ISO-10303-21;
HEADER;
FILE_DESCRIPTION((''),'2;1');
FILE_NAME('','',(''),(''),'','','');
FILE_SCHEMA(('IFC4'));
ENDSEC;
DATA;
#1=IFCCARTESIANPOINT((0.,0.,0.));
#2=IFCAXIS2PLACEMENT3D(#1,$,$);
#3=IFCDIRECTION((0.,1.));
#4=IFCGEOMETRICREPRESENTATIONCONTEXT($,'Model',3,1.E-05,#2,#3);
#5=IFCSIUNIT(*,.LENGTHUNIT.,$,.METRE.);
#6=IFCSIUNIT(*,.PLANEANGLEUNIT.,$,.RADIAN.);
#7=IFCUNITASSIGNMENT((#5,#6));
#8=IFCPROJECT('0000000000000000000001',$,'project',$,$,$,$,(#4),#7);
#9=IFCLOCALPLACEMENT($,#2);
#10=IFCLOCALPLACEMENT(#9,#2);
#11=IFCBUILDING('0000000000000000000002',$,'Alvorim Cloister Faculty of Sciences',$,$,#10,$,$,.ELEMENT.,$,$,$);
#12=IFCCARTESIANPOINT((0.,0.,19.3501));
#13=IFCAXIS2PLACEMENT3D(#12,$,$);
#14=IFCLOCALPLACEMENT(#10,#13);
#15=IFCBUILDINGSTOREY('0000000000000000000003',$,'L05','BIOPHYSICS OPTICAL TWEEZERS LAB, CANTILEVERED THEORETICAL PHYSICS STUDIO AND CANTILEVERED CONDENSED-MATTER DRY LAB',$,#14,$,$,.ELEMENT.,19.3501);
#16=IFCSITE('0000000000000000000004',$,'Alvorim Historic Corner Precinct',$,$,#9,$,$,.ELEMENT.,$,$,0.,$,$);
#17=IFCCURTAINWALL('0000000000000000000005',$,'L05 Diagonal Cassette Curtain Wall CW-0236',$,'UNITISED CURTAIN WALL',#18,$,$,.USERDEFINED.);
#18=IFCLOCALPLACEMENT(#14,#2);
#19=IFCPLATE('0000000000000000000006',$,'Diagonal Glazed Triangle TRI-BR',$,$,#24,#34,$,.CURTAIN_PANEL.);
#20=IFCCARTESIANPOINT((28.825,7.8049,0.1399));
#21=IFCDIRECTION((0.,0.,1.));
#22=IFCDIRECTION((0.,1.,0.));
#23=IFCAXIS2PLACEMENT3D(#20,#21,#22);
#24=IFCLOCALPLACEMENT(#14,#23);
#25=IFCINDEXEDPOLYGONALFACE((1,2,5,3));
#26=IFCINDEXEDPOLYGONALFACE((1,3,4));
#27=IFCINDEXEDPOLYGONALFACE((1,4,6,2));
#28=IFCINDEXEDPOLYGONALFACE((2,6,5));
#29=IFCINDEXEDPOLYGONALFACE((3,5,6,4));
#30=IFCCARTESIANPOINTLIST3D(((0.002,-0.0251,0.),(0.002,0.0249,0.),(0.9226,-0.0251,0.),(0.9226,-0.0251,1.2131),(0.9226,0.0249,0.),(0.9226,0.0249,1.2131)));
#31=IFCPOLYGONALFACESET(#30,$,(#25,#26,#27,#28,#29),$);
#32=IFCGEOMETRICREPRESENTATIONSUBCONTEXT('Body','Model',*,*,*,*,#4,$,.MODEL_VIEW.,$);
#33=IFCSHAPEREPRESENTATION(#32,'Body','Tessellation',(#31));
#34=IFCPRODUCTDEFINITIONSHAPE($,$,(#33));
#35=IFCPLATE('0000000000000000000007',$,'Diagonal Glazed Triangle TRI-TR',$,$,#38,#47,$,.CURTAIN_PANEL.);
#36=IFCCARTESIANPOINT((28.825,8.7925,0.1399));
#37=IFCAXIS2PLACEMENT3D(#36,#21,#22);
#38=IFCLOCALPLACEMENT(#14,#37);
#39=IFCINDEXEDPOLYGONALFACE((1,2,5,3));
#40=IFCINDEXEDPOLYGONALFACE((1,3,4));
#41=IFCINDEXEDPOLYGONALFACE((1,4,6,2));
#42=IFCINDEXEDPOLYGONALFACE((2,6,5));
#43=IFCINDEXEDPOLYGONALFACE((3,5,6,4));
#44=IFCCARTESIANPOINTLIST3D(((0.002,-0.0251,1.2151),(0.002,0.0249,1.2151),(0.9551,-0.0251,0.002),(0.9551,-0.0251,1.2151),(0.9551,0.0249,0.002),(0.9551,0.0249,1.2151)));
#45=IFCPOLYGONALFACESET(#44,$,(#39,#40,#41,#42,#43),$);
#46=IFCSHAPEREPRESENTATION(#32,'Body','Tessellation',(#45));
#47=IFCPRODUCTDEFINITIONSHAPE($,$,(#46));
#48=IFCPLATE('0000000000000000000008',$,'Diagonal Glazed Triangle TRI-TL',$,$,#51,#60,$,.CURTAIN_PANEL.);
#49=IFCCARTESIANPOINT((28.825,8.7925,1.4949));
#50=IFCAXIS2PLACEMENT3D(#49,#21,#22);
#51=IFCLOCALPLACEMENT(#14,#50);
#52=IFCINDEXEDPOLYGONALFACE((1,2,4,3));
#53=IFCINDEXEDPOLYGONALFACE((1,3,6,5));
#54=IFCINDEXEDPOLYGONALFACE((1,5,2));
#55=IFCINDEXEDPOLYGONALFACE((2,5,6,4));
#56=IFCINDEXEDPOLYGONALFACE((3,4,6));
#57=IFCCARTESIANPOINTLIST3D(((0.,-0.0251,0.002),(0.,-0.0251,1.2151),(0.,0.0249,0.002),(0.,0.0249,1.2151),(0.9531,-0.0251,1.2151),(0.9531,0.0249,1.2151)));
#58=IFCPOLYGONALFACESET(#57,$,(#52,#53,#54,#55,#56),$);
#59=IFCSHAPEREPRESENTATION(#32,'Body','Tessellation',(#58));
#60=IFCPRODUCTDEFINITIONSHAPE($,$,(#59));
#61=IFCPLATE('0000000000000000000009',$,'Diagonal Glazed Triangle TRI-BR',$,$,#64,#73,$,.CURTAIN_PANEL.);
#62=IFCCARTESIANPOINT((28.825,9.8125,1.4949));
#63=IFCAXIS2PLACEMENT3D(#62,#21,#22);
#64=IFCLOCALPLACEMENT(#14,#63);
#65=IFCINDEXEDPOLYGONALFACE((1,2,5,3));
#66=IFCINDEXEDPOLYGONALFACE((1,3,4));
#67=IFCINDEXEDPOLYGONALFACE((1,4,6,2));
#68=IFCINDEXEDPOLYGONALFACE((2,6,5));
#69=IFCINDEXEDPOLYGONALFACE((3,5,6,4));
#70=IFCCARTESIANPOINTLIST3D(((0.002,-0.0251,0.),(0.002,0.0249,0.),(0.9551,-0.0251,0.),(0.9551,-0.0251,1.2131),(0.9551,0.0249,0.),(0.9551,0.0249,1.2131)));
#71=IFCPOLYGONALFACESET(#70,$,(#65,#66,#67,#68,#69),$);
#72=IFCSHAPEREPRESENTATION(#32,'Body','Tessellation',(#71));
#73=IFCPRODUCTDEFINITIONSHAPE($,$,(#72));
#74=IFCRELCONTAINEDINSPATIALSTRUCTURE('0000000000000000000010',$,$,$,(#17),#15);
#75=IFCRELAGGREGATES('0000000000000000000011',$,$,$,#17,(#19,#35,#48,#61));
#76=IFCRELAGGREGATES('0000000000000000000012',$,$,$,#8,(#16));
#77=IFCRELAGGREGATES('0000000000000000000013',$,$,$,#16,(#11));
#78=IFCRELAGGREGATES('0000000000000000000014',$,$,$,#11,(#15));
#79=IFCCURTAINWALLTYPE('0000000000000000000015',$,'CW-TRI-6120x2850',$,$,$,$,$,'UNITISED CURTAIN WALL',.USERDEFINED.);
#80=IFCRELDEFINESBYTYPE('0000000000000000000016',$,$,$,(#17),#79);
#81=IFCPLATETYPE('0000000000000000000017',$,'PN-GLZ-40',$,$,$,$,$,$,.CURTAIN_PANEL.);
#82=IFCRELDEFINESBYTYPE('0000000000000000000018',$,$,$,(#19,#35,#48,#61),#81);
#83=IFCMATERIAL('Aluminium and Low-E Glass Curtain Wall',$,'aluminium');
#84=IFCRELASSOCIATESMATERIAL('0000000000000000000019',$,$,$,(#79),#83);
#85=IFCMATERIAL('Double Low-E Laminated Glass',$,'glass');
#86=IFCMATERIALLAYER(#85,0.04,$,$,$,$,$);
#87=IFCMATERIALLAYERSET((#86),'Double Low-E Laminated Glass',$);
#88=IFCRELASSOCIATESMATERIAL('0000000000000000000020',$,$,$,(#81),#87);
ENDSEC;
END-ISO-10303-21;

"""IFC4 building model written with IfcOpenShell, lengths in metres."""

from ifc_helpers import new_model, si_unit, direction, frame, origin, place, context, subcontext, project, spatial, polyline, outline, extrude, material, layer, layer_set, type_object, element, aggregate, save


model = new_model("IFC4")

# Units and contexts
model_context = context("Model", 3, precision=1e-05, world=origin(), true_north=direction((0.0, 1.0)))
body_context = subcontext(model_context, "Body", "Model", "MODEL_VIEW")
ifc_project = project(units=[si_unit("LENGTHUNIT", "METRE"), si_unit("PLANEANGLEUNIT", "RADIAN")], contexts=[model_context])

# Site, building, storey
site_placement = place(None, origin())
site = spatial("IfcSite", under=ifc_project, at=site_placement, Name="Alvorim Historic Corner Precinct", CompositionType="ELEMENT", RefElevation=0.0)
building_placement = place(site_placement, origin())
building = spatial("IfcBuilding", under=site, at=building_placement, Name="Alvorim Cloister Faculty of Sciences", CompositionType="ELEMENT")
storey_placement = place(building_placement, frame((0.0, 0.0, 19.3501)))
storey = spatial("IfcBuildingStorey", under=building, at=storey_placement, Name="L05", Description="BIOPHYSICS OPTICAL TWEEZERS LAB, CANTILEVERED THEORETICAL PHYSICS STUDIO AND CANTILEVERED CONDENSED-MATTER DRY LAB", CompositionType="ELEMENT", Elevation=19.3501)

# Curtain wall, plates
ifc_material_1 = material(Name="Aluminium and Low-E Glass Curtain Wall", Category="aluminium")
curtain_wall_type = type_object("IfcCurtainWallType", Name="CW-TRI-6120x2850", ElementType="UNITISED CURTAIN WALL", PredefinedType="USERDEFINED", material=ifc_material_1)
curtain_wall_placement = place(storey_placement, origin())
curtain_wall = element("IfcCurtainWall", 1, at=curtain_wall_placement, inside=storey, type_object=curtain_wall_type, Name="L05 Diagonal Cassette Curtain Wall CW-0236", ObjectType="UNITISED CURTAIN WALL", PredefinedType="USERDEFINED")
ifc_material_2 = material(Name="Double Low-E Laminated Glass", Category="glass")
ifc_layer_1 = layer(ifc_material_2, 0.04)
ifc_layer_set_1 = layer_set([ifc_layer_1], Name="Double Low-E Laminated Glass")
plate_type = type_object("IfcPlateType", Name="PN-GLZ-40", PredefinedType="CURTAIN_PANEL", material=ifc_layer_set_1)
plate_1_placement = place(storey_placement, frame((28.825, 7.8049, 0.1399), z_axis=(0.0, 0.0, 1.0), x_axis=(0.0, 1.0, 0.0)))
plate_1 = element("IfcPlate", 2, at=plate_1_placement, type_object=plate_type, Name="Diagonal Glazed Triangle TRI-BR", PredefinedType="CURTAIN_PANEL", context=body_context, shape_type="SweptSolid", body=[
    extrude(outline(polyline([(0.002, 0.0), (0.9226, 0.0), (0.9226, 1.2131), (0.002, 0.0)])), frame((0.0, 0.0249, 0.0), z_axis=(0.0, -1.0, 0.0), x_axis=(1.0, 0.0, 0.0)), (0.0, 0.0, 1.0), 0.05),
])
plate_2_placement = place(storey_placement, frame((28.825, 8.7925, 0.1399), z_axis=(0.0, 0.0, 1.0), x_axis=(0.0, 1.0, 0.0)))
plate_2 = element("IfcPlate", 3, at=plate_2_placement, type_object=plate_type, Name="Diagonal Glazed Triangle TRI-TR", PredefinedType="CURTAIN_PANEL", context=body_context, shape_type="SweptSolid", body=[
    extrude(outline(polyline([(0.9551, 0.002), (0.9551, 1.2151), (0.002, 1.2151), (0.9551, 0.002)])), frame((0.0, 0.0249, 0.0), z_axis=(0.0, -1.0, 0.0), x_axis=(1.0, 0.0, 0.0)), (0.0, 0.0, 1.0), 0.05),
])
plate_3_placement = place(storey_placement, frame((28.825, 8.7925, 1.4949), z_axis=(0.0, 0.0, 1.0), x_axis=(0.0, 1.0, 0.0)))
plate_3 = element("IfcPlate", 4, at=plate_3_placement, type_object=plate_type, Name="Diagonal Glazed Triangle TRI-TL", PredefinedType="CURTAIN_PANEL", context=body_context, shape_type="SweptSolid", body=[
    extrude(outline(polyline([(0.9531, 1.2151), (0.0, 1.2151), (0.0, 0.002), (0.9531, 1.2151)])), frame((0.0, 0.0249, 0.0), z_axis=(0.0, -1.0, 0.0), x_axis=(1.0, 0.0, 0.0)), (0.0, 0.0, 1.0), 0.05),
])
plate_4_placement = place(storey_placement, frame((28.825, 9.8125, 1.4949), z_axis=(0.0, 0.0, 1.0), x_axis=(0.0, 1.0, 0.0)))
plate_4 = element("IfcPlate", 5, at=plate_4_placement, type_object=plate_type, Name="Diagonal Glazed Triangle TRI-BR", PredefinedType="CURTAIN_PANEL", context=body_context, shape_type="SweptSolid", body=[
    extrude(outline(polyline([(0.002, 0.0), (0.9551, 0.0), (0.9551, 1.2131), (0.002, 0.0)])), frame((0.0, 0.0249, 0.0), z_axis=(0.0, -1.0, 0.0), x_axis=(1.0, 0.0, 0.0)), (0.0, 0.0, 1.0), 0.05),
])
aggregate(curtain_wall, [plate_1, plate_2, plate_3, plate_4])

save(model, "model.ifc")
